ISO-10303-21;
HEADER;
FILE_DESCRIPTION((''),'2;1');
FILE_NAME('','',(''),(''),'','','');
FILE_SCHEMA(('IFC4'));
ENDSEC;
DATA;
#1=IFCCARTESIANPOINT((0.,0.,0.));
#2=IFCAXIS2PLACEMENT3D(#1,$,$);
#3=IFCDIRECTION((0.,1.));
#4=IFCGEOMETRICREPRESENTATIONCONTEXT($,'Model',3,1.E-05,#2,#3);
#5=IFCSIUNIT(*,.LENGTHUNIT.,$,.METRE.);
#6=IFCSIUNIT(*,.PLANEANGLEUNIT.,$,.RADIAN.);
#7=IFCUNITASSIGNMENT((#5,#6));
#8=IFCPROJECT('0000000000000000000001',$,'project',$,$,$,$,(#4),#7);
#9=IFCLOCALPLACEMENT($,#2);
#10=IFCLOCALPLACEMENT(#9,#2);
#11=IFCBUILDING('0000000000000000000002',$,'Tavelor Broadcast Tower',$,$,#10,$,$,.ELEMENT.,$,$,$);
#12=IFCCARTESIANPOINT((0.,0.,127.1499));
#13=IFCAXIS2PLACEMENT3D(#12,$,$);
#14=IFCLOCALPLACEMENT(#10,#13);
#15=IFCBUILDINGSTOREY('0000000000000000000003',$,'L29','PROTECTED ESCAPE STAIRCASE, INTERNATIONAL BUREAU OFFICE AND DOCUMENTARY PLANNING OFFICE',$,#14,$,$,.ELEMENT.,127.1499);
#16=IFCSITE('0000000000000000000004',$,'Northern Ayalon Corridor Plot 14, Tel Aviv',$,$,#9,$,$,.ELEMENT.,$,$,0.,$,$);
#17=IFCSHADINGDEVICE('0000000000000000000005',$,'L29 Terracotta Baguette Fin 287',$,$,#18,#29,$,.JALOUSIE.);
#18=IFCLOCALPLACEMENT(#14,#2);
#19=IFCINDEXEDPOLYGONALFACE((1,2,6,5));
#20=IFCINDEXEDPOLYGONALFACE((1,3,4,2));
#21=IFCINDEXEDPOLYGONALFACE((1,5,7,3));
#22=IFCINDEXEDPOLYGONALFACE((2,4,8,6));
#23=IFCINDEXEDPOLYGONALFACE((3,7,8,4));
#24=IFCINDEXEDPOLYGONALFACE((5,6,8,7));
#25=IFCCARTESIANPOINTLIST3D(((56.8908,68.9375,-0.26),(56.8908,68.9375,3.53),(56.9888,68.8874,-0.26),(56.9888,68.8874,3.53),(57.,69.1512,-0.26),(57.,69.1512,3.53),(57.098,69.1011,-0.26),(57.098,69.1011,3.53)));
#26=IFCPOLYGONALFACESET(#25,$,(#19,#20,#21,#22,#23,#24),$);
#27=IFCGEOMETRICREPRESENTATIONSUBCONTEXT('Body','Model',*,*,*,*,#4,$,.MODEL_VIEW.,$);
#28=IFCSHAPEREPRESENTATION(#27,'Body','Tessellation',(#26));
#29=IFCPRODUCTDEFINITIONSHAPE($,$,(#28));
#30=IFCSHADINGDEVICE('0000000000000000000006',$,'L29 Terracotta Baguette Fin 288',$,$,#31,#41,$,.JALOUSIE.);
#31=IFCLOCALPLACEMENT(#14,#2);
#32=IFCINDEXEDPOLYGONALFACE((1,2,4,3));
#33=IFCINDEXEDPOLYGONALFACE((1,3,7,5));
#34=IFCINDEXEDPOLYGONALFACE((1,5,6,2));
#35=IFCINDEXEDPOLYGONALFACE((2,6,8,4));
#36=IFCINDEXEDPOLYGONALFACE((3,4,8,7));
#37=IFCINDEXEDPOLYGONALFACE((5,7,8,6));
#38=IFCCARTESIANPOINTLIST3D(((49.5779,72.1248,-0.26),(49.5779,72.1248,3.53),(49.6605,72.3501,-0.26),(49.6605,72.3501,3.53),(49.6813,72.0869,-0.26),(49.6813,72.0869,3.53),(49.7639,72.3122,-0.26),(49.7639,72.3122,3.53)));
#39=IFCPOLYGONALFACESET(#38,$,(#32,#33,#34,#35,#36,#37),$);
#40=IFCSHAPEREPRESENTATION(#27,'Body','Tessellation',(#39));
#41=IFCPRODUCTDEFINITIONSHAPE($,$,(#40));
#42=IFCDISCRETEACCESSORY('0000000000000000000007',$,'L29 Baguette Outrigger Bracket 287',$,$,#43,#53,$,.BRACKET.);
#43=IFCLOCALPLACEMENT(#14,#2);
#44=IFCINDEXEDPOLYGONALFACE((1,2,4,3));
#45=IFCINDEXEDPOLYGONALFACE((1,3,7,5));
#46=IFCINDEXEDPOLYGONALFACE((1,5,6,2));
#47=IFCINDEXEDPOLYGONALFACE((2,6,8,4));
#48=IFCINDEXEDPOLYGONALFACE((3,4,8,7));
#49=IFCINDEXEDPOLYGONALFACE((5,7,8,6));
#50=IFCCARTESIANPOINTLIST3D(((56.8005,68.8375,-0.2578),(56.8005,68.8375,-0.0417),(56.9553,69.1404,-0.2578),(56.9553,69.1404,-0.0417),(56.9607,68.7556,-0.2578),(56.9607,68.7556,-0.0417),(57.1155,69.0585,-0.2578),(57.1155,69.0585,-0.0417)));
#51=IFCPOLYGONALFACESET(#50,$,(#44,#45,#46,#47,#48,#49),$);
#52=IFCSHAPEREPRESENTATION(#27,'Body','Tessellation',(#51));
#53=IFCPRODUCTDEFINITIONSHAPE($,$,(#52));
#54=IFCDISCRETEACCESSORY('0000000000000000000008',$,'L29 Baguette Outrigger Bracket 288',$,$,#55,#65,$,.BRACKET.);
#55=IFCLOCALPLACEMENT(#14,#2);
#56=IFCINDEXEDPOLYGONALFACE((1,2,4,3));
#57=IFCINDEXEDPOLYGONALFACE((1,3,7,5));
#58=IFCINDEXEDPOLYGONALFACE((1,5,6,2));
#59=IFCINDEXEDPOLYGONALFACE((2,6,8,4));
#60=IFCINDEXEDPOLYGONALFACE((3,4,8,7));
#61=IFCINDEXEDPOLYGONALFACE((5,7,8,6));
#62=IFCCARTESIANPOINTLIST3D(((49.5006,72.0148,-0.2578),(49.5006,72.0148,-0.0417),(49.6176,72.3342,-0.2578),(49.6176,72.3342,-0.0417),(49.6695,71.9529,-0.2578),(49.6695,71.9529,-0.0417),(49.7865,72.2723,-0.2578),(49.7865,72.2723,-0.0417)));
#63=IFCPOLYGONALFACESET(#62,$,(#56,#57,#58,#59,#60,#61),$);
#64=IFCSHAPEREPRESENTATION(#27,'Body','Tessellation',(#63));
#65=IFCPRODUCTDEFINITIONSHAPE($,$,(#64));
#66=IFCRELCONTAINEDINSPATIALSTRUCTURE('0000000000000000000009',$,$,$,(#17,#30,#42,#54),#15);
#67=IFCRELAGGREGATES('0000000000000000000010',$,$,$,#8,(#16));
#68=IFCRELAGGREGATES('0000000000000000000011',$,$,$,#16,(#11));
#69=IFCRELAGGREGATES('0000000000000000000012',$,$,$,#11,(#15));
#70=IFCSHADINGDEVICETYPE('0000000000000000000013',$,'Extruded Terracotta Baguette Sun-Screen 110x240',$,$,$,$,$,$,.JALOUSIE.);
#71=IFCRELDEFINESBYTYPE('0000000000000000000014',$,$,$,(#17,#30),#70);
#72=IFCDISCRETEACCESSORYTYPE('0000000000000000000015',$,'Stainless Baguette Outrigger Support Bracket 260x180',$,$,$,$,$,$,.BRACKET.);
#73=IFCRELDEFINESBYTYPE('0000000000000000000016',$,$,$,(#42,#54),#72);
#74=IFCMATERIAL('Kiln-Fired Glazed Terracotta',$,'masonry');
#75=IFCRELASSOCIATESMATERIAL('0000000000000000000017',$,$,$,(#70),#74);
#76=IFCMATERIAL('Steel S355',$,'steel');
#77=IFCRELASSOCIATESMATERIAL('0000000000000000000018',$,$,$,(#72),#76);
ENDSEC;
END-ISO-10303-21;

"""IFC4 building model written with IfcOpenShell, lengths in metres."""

from ifc_helpers import new_model, si_unit, direction, frame, origin, origin_2d, place, context, subcontext, project, spatial, rectangle, extrude, source, transform, mapped, material, type_object, type_shapes, element, save


model = new_model("IFC4")

# Units and contexts
model_context = context("Model", 3, precision=1e-05, world=origin(), true_north=direction((0.0, 1.0)))
body_context = subcontext(model_context, "Body", "Model", "MODEL_VIEW")
ifc_project = project(units=[si_unit("LENGTHUNIT", "METRE"), si_unit("PLANEANGLEUNIT", "RADIAN")], contexts=[model_context])

# Site, building, storey
site_placement = place(None, origin())
site = spatial("IfcSite", under=ifc_project, at=site_placement, Name="Northern Ayalon Corridor Plot 14, Tel Aviv", CompositionType="ELEMENT", RefElevation=0.0)
building_placement = place(site_placement, origin())
building = spatial("IfcBuilding", under=site, at=building_placement, Name="Tavelor Broadcast Tower", CompositionType="ELEMENT")
storey_placement = place(building_placement, frame((0.0, 0.0, 127.1499)))
storey = spatial("IfcBuildingStorey", under=building, at=storey_placement, Name="L29", Description="PROTECTED ESCAPE STAIRCASE, INTERNATIONAL BUREAU OFFICE AND DOCUMENTARY PLANNING OFFICE", CompositionType="ELEMENT", Elevation=127.1499)

# Shared definitions
ifc_material_1 = material(Name="Steel S355", Category="steel")

# Shading devices
ifc_material_2 = material(Name="Kiln-Fired Glazed Terracotta", Category="masonry")
shading_device_type = type_object("IfcShadingDeviceType", Name="Extruded Terracotta Baguette Sun-Screen 110x240", PredefinedType="JALOUSIE", material=ifc_material_2)
shared_shape_1 = source(origin(), body_context, "Body", "SweptSolid", [
    extrude(rectangle(XDim=0.1101, YDim=0.24, at=origin_2d()), origin(), (0.0, 0.0, 1.0), 3.79),
])
type_shapes(shading_device_type, [shared_shape_1])
for number, where, z_axis, x_axis, name in (
    (1, (56.9944, 69.0193, -0.26), (0.0, 0.0, 1.0), (-0.890451, 0.455079, 0.0), "L29 Terracotta Baguette Fin 287"),
    (2, (49.6709, 72.2185, -0.26), (0.0, 0.0, 1.0), (-0.938974, 0.343987, 0.0), "L29 Terracotta Baguette Fin 288"),
):
    element("IfcShadingDevice", number, at=place(storey_placement, frame(where, z_axis=z_axis, x_axis=x_axis)), inside=storey, type_object=shading_device_type, Name=name, PredefinedType="JALOUSIE", context=body_context, shape_type="MappedRepresentation", body=[
        mapped(shared_shape_1, transform((0.0, 0.0, 0.0), scale=1.0)),
    ])

# Discrete accessories
discrete_accessory_type = type_object("IfcDiscreteAccessoryType", Name="Stainless Baguette Outrigger Support Bracket 260x180", PredefinedType="BRACKET", material=ifc_material_1)
shared_shape_2 = source(origin(), body_context, "Body", "SweptSolid", [
    extrude(rectangle(XDim=0.1799, YDim=0.3401, at=origin_2d()), origin(), (0.0, 0.0, 1.0), 0.2161),
])
type_shapes(discrete_accessory_type, [shared_shape_2])
for number, where, z_axis, x_axis, name in (
    (3, (56.958, 68.948, -0.2578), (0.0, 0.0, 1.0), (-0.890451, 0.455079, 0.0), "L29 Baguette Outrigger Bracket 287"),
    (4, (49.6436, 72.1436, -0.2578), (0.0, 0.0, 1.0), (-0.938974, 0.343987, 0.0), "L29 Baguette Outrigger Bracket 288"),
):
    element("IfcDiscreteAccessory", number, at=place(storey_placement, frame(where, z_axis=z_axis, x_axis=x_axis)), inside=storey, type_object=discrete_accessory_type, Name=name, PredefinedType="BRACKET", context=body_context, shape_type="MappedRepresentation", body=[
        mapped(shared_shape_2, transform((0.0, 0.0, 0.0), scale=1.0)),
    ])

save(model, "model.ifc")
